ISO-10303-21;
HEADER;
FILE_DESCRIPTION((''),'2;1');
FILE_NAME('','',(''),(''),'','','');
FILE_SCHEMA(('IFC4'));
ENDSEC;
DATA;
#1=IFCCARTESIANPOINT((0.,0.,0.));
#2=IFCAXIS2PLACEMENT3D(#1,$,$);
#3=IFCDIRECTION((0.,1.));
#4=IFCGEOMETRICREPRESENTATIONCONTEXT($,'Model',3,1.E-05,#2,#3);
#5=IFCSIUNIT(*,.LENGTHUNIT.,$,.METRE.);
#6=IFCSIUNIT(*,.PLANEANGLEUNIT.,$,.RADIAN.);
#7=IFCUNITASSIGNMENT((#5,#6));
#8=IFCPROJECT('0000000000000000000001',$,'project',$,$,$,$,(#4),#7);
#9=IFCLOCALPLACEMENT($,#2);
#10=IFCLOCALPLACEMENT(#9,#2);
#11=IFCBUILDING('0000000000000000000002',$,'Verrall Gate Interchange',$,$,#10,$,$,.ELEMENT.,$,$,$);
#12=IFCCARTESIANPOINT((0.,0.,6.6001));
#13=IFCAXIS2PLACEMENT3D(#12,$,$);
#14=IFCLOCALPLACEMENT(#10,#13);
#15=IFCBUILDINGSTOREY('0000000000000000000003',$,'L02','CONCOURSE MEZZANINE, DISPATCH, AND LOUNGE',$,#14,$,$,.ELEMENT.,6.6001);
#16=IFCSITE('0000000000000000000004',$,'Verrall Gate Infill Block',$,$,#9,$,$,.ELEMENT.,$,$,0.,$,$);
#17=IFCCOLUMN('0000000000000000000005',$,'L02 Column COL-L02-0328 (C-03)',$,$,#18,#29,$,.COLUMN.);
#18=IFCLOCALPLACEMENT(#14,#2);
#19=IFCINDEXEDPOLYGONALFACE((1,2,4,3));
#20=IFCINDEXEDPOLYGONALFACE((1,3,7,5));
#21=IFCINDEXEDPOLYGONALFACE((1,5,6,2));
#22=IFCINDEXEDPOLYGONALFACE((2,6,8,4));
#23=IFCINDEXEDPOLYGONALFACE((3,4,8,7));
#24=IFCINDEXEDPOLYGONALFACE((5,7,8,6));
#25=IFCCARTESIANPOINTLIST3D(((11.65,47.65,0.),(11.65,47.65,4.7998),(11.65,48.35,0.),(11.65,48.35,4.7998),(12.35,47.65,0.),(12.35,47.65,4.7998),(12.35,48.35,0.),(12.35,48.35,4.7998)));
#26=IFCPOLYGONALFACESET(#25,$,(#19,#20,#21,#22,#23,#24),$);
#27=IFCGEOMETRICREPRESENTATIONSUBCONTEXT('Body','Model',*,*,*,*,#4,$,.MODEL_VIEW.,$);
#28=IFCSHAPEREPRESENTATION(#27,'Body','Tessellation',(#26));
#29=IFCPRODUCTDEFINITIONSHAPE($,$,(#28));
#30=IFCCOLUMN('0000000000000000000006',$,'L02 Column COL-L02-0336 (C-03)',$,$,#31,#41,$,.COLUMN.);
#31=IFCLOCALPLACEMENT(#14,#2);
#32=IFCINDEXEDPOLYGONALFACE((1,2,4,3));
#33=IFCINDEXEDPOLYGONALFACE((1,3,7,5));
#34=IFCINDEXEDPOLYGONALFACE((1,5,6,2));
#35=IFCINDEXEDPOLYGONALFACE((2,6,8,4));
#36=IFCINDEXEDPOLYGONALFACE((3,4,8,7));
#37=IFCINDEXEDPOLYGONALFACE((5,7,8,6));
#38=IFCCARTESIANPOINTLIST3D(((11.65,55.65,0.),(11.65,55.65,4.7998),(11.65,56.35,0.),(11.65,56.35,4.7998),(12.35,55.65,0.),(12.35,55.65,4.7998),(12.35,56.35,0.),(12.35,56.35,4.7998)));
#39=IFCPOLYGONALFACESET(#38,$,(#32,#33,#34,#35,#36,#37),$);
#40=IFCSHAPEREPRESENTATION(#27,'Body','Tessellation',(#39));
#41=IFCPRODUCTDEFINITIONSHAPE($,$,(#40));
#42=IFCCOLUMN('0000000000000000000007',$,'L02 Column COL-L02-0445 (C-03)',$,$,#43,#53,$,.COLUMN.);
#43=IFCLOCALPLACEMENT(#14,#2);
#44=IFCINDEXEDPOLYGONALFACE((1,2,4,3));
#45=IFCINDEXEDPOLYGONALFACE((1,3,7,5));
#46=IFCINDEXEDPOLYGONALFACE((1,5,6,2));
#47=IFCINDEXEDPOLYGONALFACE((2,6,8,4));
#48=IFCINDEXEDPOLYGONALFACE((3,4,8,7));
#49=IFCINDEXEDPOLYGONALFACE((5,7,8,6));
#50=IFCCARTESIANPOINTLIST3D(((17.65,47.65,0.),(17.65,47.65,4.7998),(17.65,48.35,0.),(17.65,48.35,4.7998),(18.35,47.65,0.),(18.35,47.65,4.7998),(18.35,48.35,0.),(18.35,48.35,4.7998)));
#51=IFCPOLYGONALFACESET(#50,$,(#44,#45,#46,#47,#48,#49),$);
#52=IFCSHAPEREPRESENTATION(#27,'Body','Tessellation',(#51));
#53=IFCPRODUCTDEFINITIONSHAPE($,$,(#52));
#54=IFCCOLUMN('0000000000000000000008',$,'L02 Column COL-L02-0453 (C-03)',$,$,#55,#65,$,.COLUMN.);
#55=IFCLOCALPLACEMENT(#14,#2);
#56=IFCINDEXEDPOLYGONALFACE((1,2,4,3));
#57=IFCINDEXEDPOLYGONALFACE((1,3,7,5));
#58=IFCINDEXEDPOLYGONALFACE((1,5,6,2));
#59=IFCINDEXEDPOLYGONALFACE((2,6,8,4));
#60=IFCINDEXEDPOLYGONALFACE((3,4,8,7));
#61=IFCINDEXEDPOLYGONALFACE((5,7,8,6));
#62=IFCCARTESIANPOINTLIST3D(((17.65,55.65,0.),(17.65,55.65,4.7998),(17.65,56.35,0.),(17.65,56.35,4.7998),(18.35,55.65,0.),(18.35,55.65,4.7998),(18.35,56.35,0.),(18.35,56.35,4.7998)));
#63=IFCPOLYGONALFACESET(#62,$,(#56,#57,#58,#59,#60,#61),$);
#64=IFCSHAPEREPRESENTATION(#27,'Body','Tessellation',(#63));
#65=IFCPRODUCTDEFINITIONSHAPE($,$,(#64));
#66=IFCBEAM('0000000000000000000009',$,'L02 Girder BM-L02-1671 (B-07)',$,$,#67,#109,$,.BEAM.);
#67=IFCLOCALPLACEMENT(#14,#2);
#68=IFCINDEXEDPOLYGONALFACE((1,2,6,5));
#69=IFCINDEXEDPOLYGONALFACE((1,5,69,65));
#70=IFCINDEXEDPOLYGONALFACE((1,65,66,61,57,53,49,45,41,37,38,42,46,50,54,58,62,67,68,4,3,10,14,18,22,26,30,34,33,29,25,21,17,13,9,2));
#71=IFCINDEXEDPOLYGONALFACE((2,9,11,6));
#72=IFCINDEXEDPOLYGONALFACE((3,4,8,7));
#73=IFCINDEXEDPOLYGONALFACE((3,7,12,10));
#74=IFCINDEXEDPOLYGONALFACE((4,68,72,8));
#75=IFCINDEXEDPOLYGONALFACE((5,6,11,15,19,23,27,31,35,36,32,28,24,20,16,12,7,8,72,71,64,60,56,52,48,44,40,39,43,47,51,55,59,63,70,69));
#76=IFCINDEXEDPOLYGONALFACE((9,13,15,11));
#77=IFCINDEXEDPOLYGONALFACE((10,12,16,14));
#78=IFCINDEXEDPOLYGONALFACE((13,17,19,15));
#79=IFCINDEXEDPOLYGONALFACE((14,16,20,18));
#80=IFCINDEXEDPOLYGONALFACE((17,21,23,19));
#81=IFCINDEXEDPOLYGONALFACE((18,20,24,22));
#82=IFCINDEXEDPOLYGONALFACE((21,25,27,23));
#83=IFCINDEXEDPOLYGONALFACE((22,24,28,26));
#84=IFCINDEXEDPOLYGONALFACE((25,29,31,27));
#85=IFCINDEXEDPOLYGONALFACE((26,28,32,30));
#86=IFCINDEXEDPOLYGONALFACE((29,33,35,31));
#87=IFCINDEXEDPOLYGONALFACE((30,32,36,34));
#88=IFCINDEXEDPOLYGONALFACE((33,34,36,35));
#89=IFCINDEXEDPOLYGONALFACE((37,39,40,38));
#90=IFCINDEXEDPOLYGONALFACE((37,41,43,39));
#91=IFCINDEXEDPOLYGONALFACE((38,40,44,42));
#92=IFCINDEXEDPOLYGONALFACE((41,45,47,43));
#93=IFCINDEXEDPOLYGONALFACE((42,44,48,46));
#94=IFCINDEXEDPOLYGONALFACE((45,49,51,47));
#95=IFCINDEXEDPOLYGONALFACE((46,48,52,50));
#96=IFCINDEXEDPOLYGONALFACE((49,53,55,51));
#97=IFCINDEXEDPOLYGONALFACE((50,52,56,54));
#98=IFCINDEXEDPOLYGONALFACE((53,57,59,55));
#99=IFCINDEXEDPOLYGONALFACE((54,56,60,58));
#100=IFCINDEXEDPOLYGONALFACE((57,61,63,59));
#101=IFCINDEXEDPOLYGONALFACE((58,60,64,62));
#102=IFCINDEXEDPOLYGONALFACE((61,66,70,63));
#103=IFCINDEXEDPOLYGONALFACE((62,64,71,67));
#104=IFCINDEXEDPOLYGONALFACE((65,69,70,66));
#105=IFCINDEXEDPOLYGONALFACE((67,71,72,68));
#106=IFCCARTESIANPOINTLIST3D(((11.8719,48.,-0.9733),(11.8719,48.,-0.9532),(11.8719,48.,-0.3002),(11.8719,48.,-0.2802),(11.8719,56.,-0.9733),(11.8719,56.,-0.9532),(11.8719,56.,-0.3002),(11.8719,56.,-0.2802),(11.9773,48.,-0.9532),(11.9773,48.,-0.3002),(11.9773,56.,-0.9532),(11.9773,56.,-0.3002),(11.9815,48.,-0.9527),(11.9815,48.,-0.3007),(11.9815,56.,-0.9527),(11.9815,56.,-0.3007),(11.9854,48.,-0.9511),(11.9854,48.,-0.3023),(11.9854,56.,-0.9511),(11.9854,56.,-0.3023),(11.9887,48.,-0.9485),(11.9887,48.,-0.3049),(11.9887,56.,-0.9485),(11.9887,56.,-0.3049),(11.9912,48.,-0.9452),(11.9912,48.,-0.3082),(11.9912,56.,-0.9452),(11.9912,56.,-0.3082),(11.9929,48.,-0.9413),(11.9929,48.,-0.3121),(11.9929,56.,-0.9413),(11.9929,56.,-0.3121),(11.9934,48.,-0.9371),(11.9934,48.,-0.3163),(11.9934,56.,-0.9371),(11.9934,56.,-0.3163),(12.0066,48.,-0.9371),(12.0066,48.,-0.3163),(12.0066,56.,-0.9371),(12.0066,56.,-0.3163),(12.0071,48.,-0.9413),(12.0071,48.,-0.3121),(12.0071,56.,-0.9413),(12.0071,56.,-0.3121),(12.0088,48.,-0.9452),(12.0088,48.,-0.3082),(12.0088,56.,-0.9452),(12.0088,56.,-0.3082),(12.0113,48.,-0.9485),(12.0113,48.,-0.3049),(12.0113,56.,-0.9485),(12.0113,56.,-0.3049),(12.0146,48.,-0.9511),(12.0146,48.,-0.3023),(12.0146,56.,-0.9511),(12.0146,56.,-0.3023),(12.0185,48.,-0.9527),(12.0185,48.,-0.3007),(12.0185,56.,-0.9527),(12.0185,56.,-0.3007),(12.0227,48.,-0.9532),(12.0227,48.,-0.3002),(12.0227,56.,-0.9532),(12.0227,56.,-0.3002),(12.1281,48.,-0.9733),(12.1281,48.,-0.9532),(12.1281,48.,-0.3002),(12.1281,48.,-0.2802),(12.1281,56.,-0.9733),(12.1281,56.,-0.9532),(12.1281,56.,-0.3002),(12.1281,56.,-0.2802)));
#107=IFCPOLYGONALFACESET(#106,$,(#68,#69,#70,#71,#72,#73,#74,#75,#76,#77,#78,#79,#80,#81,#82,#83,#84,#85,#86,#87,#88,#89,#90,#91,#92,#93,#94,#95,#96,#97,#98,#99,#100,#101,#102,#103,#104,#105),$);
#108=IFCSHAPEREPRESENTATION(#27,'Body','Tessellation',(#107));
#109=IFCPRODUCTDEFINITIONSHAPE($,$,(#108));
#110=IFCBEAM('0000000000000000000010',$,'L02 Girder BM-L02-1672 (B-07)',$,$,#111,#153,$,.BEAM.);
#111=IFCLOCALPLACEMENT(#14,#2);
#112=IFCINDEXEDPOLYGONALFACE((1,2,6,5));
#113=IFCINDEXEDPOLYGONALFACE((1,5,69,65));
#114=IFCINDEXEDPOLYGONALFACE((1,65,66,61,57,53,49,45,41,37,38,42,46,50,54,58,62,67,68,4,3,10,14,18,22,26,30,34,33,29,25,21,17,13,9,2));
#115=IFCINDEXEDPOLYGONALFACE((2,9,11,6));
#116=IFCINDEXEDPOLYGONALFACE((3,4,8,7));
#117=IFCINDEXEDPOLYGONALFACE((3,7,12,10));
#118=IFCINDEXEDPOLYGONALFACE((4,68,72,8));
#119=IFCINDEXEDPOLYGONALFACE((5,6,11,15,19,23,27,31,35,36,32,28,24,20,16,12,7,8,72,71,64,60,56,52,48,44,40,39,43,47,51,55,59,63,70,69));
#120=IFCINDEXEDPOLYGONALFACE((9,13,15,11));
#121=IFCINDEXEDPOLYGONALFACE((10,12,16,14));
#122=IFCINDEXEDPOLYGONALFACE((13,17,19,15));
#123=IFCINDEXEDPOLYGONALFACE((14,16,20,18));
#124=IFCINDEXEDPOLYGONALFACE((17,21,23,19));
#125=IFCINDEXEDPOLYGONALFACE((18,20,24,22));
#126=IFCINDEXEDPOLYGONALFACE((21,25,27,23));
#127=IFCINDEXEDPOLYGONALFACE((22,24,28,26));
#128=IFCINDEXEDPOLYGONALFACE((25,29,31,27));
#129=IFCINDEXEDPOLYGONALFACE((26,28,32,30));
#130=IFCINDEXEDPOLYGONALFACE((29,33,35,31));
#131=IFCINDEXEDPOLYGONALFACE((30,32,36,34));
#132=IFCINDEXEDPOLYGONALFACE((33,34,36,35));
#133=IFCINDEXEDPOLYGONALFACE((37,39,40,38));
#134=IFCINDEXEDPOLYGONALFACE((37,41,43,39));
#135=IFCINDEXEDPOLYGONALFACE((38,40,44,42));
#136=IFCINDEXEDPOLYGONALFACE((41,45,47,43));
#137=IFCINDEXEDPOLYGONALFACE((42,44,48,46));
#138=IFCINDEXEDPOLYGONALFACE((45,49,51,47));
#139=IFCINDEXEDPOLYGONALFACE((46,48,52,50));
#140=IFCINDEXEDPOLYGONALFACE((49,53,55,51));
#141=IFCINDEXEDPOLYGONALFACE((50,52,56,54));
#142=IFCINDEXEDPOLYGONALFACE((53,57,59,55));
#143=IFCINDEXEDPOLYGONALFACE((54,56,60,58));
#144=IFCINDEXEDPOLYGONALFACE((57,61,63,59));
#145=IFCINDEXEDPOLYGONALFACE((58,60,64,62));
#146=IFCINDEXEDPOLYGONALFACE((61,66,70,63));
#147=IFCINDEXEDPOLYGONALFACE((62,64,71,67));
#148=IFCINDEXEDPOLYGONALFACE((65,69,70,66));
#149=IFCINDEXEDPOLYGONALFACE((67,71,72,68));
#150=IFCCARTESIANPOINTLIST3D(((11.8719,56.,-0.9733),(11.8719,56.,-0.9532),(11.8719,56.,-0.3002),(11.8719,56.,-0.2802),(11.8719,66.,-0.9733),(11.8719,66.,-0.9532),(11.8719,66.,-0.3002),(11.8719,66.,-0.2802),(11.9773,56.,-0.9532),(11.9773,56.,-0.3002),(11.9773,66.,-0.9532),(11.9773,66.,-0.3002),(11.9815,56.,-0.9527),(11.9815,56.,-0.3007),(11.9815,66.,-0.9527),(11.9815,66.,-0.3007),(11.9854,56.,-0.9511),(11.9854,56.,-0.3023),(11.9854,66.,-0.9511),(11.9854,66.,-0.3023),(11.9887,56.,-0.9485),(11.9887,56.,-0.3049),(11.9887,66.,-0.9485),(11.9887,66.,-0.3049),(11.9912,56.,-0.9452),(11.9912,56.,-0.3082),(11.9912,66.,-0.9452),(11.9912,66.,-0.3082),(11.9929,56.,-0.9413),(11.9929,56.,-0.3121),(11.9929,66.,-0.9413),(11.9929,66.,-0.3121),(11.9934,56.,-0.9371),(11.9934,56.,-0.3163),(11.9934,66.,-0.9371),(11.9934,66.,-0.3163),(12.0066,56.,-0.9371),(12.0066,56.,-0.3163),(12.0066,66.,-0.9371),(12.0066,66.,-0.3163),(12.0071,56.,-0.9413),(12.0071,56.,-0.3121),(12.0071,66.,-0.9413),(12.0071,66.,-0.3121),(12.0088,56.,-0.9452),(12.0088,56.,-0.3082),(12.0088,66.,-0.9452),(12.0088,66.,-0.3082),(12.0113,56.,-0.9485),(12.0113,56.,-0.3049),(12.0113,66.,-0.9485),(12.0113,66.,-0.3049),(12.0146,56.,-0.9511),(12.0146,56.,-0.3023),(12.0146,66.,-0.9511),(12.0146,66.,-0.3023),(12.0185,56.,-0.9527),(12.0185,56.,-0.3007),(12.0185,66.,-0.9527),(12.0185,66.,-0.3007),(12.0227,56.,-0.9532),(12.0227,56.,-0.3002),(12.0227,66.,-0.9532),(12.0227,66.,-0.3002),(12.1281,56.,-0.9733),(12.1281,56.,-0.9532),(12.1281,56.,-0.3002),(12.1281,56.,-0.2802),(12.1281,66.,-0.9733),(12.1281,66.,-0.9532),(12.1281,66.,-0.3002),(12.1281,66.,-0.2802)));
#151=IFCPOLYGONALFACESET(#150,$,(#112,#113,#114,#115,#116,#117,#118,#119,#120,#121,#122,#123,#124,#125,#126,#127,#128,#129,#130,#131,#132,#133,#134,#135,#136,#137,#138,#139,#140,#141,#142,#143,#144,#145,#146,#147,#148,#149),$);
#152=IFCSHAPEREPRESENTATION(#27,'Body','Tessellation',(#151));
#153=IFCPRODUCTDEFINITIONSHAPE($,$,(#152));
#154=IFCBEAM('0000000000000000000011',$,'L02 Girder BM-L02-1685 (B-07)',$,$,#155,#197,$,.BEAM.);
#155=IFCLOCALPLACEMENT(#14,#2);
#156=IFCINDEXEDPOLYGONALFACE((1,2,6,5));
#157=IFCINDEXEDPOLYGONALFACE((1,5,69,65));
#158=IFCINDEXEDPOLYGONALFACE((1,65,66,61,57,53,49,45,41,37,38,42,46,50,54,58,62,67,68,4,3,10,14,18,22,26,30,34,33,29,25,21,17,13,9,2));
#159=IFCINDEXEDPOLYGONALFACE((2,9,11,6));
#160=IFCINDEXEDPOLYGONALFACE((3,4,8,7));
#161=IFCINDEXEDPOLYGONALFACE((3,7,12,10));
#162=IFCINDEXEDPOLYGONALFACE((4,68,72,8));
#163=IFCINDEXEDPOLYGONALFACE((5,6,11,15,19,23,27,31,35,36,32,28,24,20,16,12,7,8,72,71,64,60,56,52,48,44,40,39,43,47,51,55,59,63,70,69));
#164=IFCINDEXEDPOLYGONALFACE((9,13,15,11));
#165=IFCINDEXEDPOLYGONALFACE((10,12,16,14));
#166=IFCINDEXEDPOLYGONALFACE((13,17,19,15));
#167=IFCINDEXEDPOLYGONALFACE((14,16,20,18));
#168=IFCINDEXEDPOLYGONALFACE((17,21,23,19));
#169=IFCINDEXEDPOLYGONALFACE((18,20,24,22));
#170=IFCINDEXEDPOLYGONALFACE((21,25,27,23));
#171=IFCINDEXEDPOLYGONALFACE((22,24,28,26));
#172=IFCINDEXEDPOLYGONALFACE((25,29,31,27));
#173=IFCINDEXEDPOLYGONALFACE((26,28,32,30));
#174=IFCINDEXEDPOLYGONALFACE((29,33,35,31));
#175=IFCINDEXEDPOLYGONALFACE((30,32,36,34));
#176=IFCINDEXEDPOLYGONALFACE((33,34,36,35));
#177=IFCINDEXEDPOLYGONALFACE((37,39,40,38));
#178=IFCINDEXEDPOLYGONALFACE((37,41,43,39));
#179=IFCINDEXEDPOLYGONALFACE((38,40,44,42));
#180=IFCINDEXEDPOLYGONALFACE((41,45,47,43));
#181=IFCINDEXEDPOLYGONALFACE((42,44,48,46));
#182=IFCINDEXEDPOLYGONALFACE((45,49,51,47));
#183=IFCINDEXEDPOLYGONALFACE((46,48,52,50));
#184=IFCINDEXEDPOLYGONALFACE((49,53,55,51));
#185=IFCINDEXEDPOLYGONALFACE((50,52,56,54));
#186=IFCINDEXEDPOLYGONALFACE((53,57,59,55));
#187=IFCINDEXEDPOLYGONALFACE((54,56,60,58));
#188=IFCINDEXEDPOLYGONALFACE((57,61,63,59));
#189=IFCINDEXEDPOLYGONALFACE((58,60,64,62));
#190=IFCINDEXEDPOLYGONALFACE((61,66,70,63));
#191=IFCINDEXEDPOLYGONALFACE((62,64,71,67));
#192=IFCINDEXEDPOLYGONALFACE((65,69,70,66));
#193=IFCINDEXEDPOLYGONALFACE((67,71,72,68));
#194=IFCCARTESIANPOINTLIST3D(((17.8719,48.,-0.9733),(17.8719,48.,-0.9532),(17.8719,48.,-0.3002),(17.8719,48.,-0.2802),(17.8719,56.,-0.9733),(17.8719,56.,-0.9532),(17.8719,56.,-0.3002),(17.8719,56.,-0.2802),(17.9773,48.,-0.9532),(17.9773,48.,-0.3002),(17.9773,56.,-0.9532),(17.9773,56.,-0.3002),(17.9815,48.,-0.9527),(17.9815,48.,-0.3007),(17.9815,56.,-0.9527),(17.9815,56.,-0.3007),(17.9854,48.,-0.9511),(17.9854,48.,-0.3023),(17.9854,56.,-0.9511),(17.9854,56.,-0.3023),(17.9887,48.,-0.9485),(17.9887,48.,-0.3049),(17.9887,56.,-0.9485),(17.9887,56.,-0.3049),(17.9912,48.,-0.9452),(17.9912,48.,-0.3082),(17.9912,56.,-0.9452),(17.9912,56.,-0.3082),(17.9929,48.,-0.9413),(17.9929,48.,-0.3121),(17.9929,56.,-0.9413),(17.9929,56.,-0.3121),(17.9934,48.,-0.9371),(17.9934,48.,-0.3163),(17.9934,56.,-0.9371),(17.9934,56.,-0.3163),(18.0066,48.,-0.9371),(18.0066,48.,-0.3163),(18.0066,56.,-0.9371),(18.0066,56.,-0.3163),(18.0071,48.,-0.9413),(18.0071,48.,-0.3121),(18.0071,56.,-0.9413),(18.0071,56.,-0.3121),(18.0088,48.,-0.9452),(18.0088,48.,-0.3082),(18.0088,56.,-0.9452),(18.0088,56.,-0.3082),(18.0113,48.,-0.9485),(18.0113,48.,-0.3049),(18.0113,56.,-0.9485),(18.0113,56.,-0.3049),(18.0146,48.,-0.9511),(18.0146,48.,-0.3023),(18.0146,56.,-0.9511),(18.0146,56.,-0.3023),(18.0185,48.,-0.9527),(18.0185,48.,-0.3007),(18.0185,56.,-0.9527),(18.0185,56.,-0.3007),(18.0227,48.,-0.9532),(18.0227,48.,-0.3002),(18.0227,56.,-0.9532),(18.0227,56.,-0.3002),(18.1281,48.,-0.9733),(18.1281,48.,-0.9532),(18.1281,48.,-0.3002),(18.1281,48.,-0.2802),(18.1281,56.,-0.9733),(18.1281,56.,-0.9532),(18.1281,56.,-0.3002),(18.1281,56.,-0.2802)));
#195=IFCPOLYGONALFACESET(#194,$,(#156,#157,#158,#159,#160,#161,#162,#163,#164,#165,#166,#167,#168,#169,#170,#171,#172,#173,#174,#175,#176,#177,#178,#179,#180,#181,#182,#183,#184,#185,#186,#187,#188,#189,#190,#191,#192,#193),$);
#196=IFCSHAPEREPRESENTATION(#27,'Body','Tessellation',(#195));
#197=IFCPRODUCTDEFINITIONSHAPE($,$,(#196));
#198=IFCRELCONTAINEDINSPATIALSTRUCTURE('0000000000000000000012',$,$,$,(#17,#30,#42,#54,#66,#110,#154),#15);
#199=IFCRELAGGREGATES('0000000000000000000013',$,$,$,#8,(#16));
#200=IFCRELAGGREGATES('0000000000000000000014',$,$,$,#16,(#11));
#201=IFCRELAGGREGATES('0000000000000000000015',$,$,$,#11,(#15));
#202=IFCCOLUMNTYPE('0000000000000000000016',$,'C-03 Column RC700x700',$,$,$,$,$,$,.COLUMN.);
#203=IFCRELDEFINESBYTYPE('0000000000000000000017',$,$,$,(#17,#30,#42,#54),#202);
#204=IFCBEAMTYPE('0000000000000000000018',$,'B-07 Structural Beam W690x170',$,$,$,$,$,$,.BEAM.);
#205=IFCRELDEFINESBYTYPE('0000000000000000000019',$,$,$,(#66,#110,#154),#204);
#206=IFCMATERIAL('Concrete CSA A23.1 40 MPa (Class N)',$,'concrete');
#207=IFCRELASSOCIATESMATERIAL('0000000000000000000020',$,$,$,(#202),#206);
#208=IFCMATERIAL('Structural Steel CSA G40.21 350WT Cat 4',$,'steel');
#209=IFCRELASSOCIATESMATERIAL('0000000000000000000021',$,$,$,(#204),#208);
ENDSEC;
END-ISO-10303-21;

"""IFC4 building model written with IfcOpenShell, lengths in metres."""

from ifc_helpers import new_model, si_unit, direction, frame, origin, origin_2d, place, context, subcontext, project, spatial, rectangle, i_section, extrude, material, material_profile, profile_set, type_object, element, save


model = new_model("IFC4")

# Units and contexts
model_context = context("Model", 3, precision=1e-05, world=origin(), true_north=direction((0.0, 1.0)))
body_context = subcontext(model_context, "Body", "Model", "MODEL_VIEW")
ifc_project = project(units=[si_unit("LENGTHUNIT", "METRE"), si_unit("PLANEANGLEUNIT", "RADIAN")], contexts=[model_context])

# Site, building, storey
site_placement = place(None, origin())
site = spatial("IfcSite", under=ifc_project, at=site_placement, Name="Verrall Gate Infill Block", CompositionType="ELEMENT", RefElevation=0.0)
building_placement = place(site_placement, origin())
building = spatial("IfcBuilding", under=site, at=building_placement, Name="Verrall Gate Interchange", CompositionType="ELEMENT")
storey_placement = place(building_placement, frame((0.0, 0.0, 6.6001)))
storey = spatial("IfcBuildingStorey", under=building, at=storey_placement, Name="L02", Description="CONCOURSE MEZZANINE, DISPATCH, AND LOUNGE", CompositionType="ELEMENT", Elevation=6.6001)

# Columns
ifc_material_1 = material(Name="Concrete CSA A23.1 40 MPa (Class N)", Category="concrete")
ifc_material_profile_1 = material_profile(ifc_material_1, rectangle(XDim=0.7, YDim=0.7, at=origin_2d()), Name="RC700x700")
ifc_profile_set_1 = profile_set([ifc_material_profile_1], Name="Concrete CSA A23.1 40 MPa (Class N)")
column_type = type_object("IfcColumnType", Name="C-03 Column RC700x700", PredefinedType="COLUMN", material=ifc_profile_set_1)
for number, where, z_axis, x_axis, name in (
    (1, (12.0, 48.0, 0.0), (0.0, 0.0, 1.0), (1.0, 0.0, 0.0), "L02 Column COL-L02-0328 (C-03)"),
    (2, (12.0, 56.0, 0.0), (0.0, 0.0, 1.0), (1.0, 0.0, 0.0), "L02 Column COL-L02-0336 (C-03)"),
    (3, (18.0, 48.0, 0.0), (0.0, 0.0, 1.0), (1.0, 0.0, 0.0), "L02 Column COL-L02-0445 (C-03)"),
    (4, (18.0, 56.0, 0.0), (0.0, 0.0, 1.0), (1.0, 0.0, 0.0), "L02 Column COL-L02-0453 (C-03)"),
):
    element("IfcColumn", number, at=place(storey_placement, frame(where, z_axis=z_axis, x_axis=x_axis)), inside=storey, type_object=column_type, Name=name, PredefinedType="COLUMN", context=body_context, shape_type="SweptSolid", body=[
        extrude(rectangle(XDim=0.7, YDim=0.7, at=origin_2d()), origin(), (0.0, 0.0, 1.0), 4.7998),
    ])

# Beams
ifc_material_2 = material(Name="Structural Steel CSA G40.21 350WT Cat 4", Category="steel")
ifc_material_profile_2 = material_profile(ifc_material_2, i_section(OverallWidth=0.2561, OverallDepth=0.6931, WebThickness=0.0132, FlangeThickness=0.02, FilletRadius=0.0161, at=origin_2d()), Name="W690x170")
ifc_profile_set_2 = profile_set([ifc_material_profile_2], Name="Structural Steel CSA G40.21 350WT Cat 4")
beam_type_1 = type_object("IfcBeamType", Name="B-07 Structural Beam W690x170", PredefinedType="BEAM", material=ifc_profile_set_2)
beam_1_placement = place(storey_placement, frame((12.0, 48.0, -0.6267), z_axis=(0.0, 1.0, 0.0), x_axis=(-1.0, 0.0, 0.0)))
element("IfcBeam", 5, at=beam_1_placement, inside=storey, type_object=beam_type_1, Name="L02 Girder BM-L02-1671 (B-07)", PredefinedType="BEAM", context=body_context, shape_type="SweptSolid", body=[
    extrude(i_section(OverallWidth=0.2561, OverallDepth=0.6931, WebThickness=0.0132, FlangeThickness=0.02, FilletRadius=0.0161, at=origin_2d()), origin(), (0.0, 0.0, 1.0), 8.0),
])
beam_2_placement = place(storey_placement, frame((12.0, 56.0, -0.6267), z_axis=(0.0, 1.0, 0.0), x_axis=(-1.0, 0.0, 0.0)))
element("IfcBeam", 6, at=beam_2_placement, inside=storey, type_object=beam_type_1, Name="L02 Girder BM-L02-1672 (B-07)", PredefinedType="BEAM", context=body_context, shape_type="SweptSolid", body=[
    extrude(i_section(OverallWidth=0.2561, OverallDepth=0.6931, WebThickness=0.0132, FlangeThickness=0.02, FilletRadius=0.0161, at=origin_2d()), origin(), (0.0, 0.0, 1.0), 10.0),
])
beam_3_placement = place(storey_placement, frame((18.0, 48.0, -0.6267), z_axis=(0.0, 1.0, 0.0), x_axis=(-1.0, 0.0, 0.0)))
element("IfcBeam", 7, at=beam_3_placement, inside=storey, type_object=beam_type_1, Name="L02 Girder BM-L02-1685 (B-07)", PredefinedType="BEAM", context=body_context, shape_type="SweptSolid", body=[
    extrude(i_section(OverallWidth=0.2561, OverallDepth=0.6931, WebThickness=0.0132, FlangeThickness=0.02, FilletRadius=0.0161, at=origin_2d()), origin(), (0.0, 0.0, 1.0), 8.0),
])

save(model, "model.ifc")
